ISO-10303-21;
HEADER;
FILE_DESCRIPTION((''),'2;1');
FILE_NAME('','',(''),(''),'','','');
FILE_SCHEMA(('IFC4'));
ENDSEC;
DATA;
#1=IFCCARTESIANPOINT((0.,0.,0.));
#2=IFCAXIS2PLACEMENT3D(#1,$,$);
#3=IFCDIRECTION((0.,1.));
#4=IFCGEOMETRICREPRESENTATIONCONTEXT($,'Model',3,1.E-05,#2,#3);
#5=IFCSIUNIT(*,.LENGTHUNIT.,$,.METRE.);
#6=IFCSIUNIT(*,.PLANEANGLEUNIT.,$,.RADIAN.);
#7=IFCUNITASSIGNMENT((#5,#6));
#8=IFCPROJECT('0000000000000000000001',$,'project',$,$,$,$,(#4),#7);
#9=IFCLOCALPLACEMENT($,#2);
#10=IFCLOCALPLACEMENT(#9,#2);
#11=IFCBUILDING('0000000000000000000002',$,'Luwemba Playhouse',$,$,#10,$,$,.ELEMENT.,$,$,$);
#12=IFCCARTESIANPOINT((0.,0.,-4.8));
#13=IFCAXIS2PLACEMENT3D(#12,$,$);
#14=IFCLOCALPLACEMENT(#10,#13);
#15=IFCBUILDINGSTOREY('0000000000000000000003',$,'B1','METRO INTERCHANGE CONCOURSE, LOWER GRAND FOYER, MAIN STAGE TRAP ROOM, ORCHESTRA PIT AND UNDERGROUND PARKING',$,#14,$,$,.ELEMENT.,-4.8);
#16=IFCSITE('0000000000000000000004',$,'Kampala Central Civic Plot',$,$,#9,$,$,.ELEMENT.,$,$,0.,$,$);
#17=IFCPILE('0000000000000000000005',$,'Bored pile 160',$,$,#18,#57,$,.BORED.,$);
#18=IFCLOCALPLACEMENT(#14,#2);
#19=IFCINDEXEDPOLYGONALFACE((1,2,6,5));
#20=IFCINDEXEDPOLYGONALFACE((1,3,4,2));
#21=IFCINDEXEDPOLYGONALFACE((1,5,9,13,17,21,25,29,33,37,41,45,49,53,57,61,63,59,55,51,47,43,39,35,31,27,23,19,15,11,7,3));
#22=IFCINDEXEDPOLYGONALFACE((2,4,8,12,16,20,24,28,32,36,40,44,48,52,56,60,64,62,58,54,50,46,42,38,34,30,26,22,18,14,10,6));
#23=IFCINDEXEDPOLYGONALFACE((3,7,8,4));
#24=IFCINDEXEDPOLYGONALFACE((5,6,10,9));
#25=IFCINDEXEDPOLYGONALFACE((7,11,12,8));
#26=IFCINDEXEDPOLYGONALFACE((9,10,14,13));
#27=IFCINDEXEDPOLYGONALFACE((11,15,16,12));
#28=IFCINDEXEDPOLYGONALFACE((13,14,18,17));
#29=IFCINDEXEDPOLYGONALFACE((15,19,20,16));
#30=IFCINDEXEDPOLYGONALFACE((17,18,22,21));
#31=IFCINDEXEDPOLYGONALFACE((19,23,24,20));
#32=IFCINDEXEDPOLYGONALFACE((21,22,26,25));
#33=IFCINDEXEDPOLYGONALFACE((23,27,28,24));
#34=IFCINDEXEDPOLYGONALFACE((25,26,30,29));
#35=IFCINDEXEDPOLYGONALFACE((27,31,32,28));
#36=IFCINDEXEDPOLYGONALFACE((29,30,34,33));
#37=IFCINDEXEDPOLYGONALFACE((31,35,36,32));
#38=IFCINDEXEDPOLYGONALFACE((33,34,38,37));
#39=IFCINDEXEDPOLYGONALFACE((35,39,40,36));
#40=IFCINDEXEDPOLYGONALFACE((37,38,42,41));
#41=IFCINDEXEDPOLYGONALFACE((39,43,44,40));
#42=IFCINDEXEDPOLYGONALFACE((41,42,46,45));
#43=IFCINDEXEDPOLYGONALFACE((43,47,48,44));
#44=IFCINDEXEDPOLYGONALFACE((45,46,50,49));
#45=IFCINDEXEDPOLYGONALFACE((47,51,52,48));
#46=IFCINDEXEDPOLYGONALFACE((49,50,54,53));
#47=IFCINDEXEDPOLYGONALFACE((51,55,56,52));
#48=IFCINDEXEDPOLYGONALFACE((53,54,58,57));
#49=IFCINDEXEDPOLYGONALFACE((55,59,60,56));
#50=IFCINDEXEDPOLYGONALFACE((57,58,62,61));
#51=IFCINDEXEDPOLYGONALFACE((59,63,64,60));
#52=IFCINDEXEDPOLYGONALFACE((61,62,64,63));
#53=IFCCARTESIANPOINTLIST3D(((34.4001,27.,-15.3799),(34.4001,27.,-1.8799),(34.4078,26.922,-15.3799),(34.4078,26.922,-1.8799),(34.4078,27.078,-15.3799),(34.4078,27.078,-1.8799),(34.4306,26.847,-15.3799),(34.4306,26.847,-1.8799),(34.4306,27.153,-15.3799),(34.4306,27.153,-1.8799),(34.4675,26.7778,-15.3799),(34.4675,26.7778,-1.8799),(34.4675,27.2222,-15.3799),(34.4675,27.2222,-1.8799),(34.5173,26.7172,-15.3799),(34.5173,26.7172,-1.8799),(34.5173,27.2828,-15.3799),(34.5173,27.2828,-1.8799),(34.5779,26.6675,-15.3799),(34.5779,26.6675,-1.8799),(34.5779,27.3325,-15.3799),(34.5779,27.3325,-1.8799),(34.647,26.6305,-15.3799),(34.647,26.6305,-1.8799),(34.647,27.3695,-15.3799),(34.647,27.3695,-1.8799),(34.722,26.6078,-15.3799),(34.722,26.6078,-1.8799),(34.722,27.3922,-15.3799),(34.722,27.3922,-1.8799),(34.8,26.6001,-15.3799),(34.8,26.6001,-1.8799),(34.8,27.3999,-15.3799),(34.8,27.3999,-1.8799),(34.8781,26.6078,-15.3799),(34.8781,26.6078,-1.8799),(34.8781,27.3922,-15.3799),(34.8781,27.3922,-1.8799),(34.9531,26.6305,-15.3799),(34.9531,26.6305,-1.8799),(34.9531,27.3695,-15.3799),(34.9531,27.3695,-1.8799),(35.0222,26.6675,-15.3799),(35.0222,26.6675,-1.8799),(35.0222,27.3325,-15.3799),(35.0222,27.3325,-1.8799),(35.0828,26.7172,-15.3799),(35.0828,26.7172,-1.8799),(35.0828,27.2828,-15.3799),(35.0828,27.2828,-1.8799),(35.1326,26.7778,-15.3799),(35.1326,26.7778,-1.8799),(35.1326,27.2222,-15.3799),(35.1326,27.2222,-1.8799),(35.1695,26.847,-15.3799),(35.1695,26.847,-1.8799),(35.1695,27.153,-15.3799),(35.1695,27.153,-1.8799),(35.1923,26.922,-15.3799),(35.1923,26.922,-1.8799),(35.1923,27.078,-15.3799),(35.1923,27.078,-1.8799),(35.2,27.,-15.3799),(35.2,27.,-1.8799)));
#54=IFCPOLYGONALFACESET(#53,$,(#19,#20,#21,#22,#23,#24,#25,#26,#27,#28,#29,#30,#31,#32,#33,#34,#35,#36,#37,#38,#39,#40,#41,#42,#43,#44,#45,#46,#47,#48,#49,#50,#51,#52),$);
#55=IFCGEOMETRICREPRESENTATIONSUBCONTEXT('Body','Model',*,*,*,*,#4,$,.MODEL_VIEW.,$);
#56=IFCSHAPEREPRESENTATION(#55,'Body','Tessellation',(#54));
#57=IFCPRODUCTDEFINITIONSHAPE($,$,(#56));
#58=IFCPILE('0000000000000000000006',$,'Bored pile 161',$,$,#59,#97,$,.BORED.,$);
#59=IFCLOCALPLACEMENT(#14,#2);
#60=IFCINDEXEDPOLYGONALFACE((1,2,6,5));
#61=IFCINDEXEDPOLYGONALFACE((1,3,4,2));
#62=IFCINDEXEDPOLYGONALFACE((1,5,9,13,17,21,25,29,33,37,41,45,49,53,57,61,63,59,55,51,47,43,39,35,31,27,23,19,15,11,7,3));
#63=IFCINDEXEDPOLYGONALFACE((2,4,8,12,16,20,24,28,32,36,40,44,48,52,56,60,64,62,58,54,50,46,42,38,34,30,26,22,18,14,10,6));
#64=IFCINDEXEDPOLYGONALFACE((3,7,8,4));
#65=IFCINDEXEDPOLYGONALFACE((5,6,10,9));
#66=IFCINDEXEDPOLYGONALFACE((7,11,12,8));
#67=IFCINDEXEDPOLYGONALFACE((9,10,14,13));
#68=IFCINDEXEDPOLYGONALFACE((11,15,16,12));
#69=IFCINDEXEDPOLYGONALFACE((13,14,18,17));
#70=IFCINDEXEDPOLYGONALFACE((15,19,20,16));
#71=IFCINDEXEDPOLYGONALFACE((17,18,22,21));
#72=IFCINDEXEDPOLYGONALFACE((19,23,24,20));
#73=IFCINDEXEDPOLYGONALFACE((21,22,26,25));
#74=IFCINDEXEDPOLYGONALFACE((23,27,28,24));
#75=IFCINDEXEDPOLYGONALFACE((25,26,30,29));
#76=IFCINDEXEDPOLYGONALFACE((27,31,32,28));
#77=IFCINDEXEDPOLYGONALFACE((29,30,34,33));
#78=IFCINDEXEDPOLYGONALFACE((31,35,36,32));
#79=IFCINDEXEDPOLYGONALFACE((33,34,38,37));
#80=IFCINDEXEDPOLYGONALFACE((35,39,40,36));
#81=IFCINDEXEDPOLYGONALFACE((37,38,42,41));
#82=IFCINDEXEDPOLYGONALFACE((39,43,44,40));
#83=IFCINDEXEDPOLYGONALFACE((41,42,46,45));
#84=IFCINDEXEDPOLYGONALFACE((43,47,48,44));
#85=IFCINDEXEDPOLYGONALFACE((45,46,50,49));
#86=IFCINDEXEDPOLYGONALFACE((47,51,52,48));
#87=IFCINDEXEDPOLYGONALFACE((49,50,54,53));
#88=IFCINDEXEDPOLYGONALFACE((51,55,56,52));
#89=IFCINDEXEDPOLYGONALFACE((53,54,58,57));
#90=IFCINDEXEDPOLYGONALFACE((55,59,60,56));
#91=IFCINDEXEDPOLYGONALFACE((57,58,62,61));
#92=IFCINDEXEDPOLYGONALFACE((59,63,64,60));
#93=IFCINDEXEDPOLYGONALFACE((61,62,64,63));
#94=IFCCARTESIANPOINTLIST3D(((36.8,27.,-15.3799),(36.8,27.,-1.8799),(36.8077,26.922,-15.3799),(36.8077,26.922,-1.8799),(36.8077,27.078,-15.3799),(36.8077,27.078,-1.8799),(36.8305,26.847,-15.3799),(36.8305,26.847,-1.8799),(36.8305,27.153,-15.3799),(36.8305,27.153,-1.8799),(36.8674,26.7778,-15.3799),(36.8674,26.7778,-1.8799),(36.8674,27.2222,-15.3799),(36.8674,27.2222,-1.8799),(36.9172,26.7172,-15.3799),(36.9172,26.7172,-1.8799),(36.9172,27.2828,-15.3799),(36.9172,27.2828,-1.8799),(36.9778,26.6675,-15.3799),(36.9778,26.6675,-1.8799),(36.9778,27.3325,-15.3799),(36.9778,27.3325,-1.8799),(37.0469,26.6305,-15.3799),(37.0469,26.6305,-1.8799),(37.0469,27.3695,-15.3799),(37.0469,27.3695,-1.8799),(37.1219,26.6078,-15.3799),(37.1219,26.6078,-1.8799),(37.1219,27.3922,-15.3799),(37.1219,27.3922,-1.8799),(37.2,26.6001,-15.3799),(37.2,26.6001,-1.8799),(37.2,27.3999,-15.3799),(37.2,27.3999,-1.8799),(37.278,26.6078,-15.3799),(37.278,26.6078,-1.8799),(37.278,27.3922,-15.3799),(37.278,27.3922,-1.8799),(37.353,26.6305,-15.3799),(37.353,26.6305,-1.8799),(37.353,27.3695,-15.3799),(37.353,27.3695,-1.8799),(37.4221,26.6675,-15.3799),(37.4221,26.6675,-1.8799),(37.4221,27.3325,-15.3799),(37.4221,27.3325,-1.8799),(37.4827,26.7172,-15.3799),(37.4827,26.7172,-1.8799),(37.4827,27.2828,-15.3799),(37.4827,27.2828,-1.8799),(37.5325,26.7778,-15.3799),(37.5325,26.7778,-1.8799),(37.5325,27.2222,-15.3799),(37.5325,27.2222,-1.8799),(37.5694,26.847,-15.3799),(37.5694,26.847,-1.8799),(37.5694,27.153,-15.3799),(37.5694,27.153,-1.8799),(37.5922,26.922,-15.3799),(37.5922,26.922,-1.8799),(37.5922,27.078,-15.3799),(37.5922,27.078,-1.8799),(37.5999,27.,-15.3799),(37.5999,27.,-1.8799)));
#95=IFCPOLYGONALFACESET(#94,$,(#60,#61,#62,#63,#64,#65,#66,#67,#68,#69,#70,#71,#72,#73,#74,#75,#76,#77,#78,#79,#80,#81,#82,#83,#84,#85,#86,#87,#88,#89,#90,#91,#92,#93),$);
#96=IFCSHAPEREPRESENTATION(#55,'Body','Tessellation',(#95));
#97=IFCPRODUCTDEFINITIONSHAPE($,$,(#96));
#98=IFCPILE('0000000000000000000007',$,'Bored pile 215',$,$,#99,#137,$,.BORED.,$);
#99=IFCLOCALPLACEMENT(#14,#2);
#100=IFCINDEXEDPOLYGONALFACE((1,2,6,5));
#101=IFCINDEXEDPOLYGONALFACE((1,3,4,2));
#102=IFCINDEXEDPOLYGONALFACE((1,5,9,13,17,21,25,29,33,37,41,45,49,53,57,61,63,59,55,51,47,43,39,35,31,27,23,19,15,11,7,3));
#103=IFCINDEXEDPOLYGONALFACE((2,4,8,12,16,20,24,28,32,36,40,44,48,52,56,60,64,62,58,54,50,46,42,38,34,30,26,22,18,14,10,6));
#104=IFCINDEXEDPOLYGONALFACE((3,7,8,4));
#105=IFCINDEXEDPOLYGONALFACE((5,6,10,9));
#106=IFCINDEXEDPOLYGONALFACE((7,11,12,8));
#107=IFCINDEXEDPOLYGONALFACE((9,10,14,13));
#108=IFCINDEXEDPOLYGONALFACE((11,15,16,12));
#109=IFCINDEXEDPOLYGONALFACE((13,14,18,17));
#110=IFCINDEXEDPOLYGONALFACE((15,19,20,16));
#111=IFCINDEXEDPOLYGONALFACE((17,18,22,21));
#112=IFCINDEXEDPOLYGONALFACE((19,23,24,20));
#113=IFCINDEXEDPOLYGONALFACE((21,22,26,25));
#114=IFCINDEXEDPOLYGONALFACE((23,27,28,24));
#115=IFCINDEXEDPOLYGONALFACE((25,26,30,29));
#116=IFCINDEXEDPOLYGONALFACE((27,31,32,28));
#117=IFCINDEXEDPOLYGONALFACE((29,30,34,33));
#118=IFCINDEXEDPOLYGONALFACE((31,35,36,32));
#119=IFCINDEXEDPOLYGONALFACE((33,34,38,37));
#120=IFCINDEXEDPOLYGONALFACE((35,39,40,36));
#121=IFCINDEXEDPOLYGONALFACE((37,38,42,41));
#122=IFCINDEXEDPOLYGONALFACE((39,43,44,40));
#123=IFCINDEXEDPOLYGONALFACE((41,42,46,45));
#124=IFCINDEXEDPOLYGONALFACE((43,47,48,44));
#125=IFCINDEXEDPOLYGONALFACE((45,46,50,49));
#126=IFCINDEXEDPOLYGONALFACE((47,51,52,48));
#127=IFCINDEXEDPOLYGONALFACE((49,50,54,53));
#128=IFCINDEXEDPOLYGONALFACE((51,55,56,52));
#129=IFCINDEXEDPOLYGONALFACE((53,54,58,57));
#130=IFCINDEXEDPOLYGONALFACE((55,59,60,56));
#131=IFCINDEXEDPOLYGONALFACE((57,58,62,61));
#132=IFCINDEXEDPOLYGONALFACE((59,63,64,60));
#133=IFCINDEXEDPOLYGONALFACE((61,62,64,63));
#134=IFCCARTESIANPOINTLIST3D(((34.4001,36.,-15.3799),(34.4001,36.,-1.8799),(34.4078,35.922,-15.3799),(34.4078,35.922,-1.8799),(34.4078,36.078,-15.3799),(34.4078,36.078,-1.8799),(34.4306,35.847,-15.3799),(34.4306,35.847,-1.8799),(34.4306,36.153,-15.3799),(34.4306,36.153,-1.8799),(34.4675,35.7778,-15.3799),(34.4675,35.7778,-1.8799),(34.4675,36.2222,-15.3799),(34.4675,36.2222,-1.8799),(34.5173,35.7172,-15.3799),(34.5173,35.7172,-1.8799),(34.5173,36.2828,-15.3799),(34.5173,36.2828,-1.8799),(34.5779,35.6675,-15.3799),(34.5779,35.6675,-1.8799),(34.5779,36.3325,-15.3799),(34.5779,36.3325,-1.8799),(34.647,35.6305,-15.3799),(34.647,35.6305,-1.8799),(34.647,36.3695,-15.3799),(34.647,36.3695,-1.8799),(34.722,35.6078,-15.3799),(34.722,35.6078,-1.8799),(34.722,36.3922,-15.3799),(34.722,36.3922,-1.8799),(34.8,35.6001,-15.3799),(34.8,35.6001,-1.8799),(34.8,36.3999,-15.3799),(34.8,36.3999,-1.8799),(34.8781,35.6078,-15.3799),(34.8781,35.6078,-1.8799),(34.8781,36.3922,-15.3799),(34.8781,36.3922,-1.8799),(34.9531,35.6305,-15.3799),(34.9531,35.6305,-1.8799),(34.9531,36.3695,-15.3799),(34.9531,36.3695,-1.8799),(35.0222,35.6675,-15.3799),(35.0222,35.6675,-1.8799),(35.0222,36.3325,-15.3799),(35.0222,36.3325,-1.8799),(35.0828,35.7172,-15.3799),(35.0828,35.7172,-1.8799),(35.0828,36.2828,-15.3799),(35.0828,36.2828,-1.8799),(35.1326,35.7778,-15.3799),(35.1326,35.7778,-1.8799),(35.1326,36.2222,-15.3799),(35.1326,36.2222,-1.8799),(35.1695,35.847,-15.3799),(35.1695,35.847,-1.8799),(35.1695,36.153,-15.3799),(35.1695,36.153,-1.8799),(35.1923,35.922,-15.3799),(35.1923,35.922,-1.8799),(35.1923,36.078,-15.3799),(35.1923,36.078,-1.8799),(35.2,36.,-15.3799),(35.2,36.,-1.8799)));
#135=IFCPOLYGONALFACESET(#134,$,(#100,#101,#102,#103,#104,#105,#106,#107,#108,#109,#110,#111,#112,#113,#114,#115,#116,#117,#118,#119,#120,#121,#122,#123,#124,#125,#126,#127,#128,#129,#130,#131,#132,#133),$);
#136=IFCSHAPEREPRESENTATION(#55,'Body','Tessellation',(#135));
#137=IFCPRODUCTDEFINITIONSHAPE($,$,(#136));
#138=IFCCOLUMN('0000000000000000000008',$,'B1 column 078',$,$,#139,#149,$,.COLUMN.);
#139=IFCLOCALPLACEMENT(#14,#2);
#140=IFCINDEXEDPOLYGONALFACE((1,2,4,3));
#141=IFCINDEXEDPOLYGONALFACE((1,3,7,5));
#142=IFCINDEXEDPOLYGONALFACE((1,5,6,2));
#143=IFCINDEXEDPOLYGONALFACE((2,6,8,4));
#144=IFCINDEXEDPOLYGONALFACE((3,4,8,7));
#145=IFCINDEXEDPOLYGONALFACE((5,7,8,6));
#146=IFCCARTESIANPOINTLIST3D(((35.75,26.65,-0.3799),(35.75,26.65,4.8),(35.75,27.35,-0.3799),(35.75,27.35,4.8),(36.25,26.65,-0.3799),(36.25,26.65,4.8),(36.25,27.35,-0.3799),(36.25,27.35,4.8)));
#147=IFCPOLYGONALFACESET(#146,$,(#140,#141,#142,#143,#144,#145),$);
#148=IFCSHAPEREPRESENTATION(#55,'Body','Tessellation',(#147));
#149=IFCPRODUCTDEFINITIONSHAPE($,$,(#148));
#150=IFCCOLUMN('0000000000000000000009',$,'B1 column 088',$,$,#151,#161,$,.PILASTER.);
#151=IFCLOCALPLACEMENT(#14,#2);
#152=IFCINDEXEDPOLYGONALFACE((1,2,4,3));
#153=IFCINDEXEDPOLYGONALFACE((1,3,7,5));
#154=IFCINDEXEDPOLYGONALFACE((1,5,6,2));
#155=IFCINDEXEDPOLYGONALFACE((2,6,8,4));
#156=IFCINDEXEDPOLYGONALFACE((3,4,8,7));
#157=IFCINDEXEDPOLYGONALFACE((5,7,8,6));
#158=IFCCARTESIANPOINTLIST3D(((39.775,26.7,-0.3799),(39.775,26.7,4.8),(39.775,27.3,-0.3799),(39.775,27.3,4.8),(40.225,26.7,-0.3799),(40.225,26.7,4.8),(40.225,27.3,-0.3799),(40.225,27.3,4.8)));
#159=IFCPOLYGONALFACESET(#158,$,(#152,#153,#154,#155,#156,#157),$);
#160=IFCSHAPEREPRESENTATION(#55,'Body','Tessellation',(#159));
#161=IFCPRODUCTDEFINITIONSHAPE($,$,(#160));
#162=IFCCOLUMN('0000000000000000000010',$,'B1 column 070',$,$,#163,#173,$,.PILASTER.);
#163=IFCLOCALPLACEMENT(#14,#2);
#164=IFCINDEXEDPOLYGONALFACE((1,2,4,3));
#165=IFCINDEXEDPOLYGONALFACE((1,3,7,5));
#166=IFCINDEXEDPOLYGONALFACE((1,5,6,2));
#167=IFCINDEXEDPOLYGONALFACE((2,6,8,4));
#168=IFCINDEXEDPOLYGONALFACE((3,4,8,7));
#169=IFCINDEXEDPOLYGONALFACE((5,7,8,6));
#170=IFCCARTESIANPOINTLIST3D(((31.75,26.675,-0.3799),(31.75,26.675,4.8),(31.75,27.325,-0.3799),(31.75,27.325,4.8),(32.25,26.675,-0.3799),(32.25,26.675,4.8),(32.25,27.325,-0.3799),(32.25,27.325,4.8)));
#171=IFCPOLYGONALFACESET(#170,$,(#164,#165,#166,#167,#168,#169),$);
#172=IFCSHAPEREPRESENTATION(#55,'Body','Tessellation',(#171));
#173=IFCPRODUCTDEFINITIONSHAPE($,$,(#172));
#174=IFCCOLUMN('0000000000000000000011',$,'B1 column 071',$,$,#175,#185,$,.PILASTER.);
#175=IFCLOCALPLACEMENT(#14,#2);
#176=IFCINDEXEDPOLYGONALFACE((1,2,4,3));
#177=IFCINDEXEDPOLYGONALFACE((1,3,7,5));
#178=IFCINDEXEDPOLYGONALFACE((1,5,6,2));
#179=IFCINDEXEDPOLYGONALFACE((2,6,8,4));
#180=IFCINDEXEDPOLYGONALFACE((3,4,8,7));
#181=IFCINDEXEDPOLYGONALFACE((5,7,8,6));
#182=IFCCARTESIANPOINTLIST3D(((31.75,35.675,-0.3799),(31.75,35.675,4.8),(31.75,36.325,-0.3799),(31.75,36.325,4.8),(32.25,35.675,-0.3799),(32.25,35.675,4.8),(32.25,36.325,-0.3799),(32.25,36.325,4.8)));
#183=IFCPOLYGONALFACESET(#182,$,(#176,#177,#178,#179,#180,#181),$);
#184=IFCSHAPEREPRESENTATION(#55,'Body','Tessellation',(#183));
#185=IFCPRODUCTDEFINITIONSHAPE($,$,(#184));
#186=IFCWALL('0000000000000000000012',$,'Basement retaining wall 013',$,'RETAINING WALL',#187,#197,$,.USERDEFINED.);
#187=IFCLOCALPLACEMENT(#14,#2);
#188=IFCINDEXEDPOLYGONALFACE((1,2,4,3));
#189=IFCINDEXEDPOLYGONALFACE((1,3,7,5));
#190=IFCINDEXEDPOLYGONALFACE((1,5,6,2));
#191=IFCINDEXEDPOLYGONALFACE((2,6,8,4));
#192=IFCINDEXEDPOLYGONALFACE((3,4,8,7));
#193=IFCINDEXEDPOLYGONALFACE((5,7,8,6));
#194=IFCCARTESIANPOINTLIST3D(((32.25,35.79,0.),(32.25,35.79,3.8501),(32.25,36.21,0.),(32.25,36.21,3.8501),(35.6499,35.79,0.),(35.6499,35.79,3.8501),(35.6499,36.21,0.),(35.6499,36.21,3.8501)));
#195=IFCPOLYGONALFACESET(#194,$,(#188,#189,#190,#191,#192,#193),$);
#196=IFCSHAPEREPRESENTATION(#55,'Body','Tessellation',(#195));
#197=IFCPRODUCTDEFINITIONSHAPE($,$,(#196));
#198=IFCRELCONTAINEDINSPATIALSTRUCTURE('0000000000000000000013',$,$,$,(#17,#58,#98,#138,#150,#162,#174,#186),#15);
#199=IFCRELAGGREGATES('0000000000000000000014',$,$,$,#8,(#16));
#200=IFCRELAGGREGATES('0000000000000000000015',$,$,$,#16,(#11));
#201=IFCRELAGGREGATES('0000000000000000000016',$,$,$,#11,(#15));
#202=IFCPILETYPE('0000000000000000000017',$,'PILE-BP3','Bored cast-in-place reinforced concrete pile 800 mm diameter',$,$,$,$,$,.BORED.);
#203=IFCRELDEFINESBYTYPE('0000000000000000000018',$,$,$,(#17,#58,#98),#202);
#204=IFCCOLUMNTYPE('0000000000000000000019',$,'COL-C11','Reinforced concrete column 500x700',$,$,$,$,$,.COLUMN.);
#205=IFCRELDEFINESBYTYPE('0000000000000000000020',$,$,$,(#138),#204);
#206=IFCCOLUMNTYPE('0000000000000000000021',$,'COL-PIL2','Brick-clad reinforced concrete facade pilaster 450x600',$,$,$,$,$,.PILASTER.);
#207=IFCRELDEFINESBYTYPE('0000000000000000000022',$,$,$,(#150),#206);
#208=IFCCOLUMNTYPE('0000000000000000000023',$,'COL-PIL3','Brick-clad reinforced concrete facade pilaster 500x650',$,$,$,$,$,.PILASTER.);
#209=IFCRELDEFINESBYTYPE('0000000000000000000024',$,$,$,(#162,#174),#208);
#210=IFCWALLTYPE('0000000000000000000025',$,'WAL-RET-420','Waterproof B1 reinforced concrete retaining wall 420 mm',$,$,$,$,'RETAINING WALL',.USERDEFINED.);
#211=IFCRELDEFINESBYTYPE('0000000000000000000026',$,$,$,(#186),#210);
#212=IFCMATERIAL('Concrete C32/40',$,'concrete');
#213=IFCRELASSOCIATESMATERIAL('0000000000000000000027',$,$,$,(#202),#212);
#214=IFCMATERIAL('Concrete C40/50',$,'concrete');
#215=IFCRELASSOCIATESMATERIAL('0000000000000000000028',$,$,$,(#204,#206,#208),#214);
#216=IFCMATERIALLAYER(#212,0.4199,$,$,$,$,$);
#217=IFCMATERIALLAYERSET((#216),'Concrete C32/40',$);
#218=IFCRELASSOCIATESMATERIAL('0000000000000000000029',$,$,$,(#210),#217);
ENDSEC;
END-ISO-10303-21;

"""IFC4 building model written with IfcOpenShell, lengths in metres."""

from ifc_helpers import new_model, si_unit, direction, frame, frame_2d, origin, origin_2d, place, context, subcontext, project, spatial, rectangle, circle, extrude, material, layer, layer_set, material_profile, profile_set, type_object, element, save


model = new_model("IFC4")

# Units and contexts
model_context = context("Model", 3, precision=1e-05, world=origin(), true_north=direction((0.0, 1.0)))
body_context = subcontext(model_context, "Body", "Model", "MODEL_VIEW")
ifc_project = project(units=[si_unit("LENGTHUNIT", "METRE"), si_unit("PLANEANGLEUNIT", "RADIAN")], contexts=[model_context])

# Site, building, storey
site_placement = place(None, origin())
site = spatial("IfcSite", under=ifc_project, at=site_placement, Name="Kampala Central Civic Plot", CompositionType="ELEMENT", RefElevation=0.0)
building_placement = place(site_placement, origin())
building = spatial("IfcBuilding", under=site, at=building_placement, Name="Luwemba Playhouse", CompositionType="ELEMENT")
storey_placement = place(building_placement, frame((0.0, 0.0, -4.8)))
storey = spatial("IfcBuildingStorey", under=building, at=storey_placement, Name="B1", Description="METRO INTERCHANGE CONCOURSE, LOWER GRAND FOYER, MAIN STAGE TRAP ROOM, ORCHESTRA PIT AND UNDERGROUND PARKING", CompositionType="ELEMENT", Elevation=-4.8)

# Shared definitions
ifc_material_1 = material(Name="Concrete C32/40", Category="concrete")

# Piles
ifc_material_profile_1 = material_profile(ifc_material_1, circle(Radius=0.3999, at=origin_2d()))
ifc_profile_set_1 = profile_set([ifc_material_profile_1], Name="Concrete C32/40")
pile_type_1 = type_object("IfcPileType", Name="PILE-BP3", Description="Bored cast-in-place reinforced concrete pile 800 mm diameter", PredefinedType="BORED", material=ifc_profile_set_1)
for number, where, z_axis, x_axis, name in (
    (1, (34.8, 27.0, -1.8799), (0.0, 0.0, -1.0), (1.0, 0.0, 0.0), "Bored pile 160"),
    (2, (37.2, 27.0, -1.8799), (0.0, 0.0, -1.0), (1.0, 0.0, 0.0), "Bored pile 161"),
    (3, (34.8, 36.0, -1.8799), (0.0, 0.0, -1.0), (1.0, 0.0, 0.0), "Bored pile 215"),
):
    element("IfcPile", number, at=place(storey_placement, frame(where, z_axis=z_axis, x_axis=x_axis)), inside=storey, type_object=pile_type_1, Name=name, PredefinedType="BORED", context=body_context, shape_type="SweptSolid", body=[
        extrude(circle(Radius=0.3999, at=origin_2d()), origin(), (0.0, 0.0, 1.0), 13.5),
    ])

# Columns
ifc_material_2 = material(Name="Concrete C40/50", Category="concrete")
ifc_material_profile_2 = material_profile(ifc_material_2, rectangle(XDim=0.5, YDim=0.7, at=origin_2d()))
ifc_profile_set_2 = profile_set([ifc_material_profile_2], Name="Concrete C40/50")
column_type_1 = type_object("IfcColumnType", Name="COL-C11", Description="Reinforced concrete column 500x700", PredefinedType="COLUMN", material=ifc_profile_set_2)
column_1_placement = place(storey_placement, frame((36.0, 27.0, -0.3799), z_axis=(0.0, 0.0, 1.0), x_axis=(1.0, 0.0, 0.0)))
element("IfcColumn", 4, at=column_1_placement, inside=storey, type_object=column_type_1, Name="B1 column 078", PredefinedType="COLUMN", context=body_context, shape_type="SweptSolid", body=[
    extrude(rectangle(XDim=0.5, YDim=0.7, at=origin_2d()), origin(), (0.0, 0.0, 1.0), 5.1799),
])
ifc_material_profile_3 = material_profile(ifc_material_2, rectangle(XDim=0.45, YDim=0.6001, at=origin_2d()))
ifc_profile_set_3 = profile_set([ifc_material_profile_3], Name="Concrete C40/50")
column_type_2 = type_object("IfcColumnType", Name="COL-PIL2", Description="Brick-clad reinforced concrete facade pilaster 450x600", PredefinedType="PILASTER", material=ifc_profile_set_3)
column_2_placement = place(storey_placement, frame((40.0, 27.0, -0.3799), z_axis=(0.0, 0.0, 1.0), x_axis=(1.0, 0.0, 0.0)))
element("IfcColumn", 5, at=column_2_placement, inside=storey, type_object=column_type_2, Name="B1 column 088", PredefinedType="PILASTER", context=body_context, shape_type="SweptSolid", body=[
    extrude(rectangle(XDim=0.45, YDim=0.6001, at=origin_2d()), origin(), (0.0, 0.0, 1.0), 5.1799),
])
ifc_material_profile_4 = material_profile(ifc_material_2, rectangle(XDim=0.5, YDim=0.6499, at=origin_2d()))
ifc_profile_set_4 = profile_set([ifc_material_profile_4], Name="Concrete C40/50")
column_type_3 = type_object("IfcColumnType", Name="COL-PIL3", Description="Brick-clad reinforced concrete facade pilaster 500x650", PredefinedType="PILASTER", material=ifc_profile_set_4)
for number, where, z_axis, x_axis, name in (
    (6, (32.0, 27.0, -0.3799), (0.0, 0.0, 1.0), (1.0, 0.0, 0.0), "B1 column 070"),
    (7, (32.0, 36.0, -0.3799), (0.0, 0.0, 1.0), (1.0, 0.0, 0.0), "B1 column 071"),
):
    element("IfcColumn", number, at=place(storey_placement, frame(where, z_axis=z_axis, x_axis=x_axis)), inside=storey, type_object=column_type_3, Name=name, PredefinedType="PILASTER", context=body_context, shape_type="SweptSolid", body=[
        extrude(rectangle(XDim=0.5, YDim=0.6499, at=origin_2d()), origin(), (0.0, 0.0, 1.0), 5.1799),
    ])

# Wall
ifc_layer = layer(ifc_material_1, 0.4199)
ifc_layer_set = layer_set([ifc_layer], Name="Concrete C32/40")
wall_type = type_object("IfcWallType", Name="WAL-RET-420", Description="Waterproof B1 reinforced concrete retaining wall 420 mm", ElementType="RETAINING WALL", PredefinedType="USERDEFINED", material=ifc_layer_set)
for number, where, z_axis, x_axis, name in (
    (8, (35.6499, 36.0, 0.0), (0.0, 0.0, 1.0), (-1.0, 0.0, 0.0), "Basement retaining wall 013"),
):
    element("IfcWall", number, at=place(storey_placement, frame(where, z_axis=z_axis, x_axis=x_axis)), inside=storey, type_object=wall_type, Name=name, ObjectType="RETAINING WALL", PredefinedType="USERDEFINED", context=body_context, shape_type="SweptSolid", body=[
        extrude(rectangle(XDim=3.3999, YDim=0.4199, at=frame_2d((1.7, 0.0))), origin(), (0.0, 0.0, 1.0), 3.8501),
    ])

save(model, "model.ifc")
